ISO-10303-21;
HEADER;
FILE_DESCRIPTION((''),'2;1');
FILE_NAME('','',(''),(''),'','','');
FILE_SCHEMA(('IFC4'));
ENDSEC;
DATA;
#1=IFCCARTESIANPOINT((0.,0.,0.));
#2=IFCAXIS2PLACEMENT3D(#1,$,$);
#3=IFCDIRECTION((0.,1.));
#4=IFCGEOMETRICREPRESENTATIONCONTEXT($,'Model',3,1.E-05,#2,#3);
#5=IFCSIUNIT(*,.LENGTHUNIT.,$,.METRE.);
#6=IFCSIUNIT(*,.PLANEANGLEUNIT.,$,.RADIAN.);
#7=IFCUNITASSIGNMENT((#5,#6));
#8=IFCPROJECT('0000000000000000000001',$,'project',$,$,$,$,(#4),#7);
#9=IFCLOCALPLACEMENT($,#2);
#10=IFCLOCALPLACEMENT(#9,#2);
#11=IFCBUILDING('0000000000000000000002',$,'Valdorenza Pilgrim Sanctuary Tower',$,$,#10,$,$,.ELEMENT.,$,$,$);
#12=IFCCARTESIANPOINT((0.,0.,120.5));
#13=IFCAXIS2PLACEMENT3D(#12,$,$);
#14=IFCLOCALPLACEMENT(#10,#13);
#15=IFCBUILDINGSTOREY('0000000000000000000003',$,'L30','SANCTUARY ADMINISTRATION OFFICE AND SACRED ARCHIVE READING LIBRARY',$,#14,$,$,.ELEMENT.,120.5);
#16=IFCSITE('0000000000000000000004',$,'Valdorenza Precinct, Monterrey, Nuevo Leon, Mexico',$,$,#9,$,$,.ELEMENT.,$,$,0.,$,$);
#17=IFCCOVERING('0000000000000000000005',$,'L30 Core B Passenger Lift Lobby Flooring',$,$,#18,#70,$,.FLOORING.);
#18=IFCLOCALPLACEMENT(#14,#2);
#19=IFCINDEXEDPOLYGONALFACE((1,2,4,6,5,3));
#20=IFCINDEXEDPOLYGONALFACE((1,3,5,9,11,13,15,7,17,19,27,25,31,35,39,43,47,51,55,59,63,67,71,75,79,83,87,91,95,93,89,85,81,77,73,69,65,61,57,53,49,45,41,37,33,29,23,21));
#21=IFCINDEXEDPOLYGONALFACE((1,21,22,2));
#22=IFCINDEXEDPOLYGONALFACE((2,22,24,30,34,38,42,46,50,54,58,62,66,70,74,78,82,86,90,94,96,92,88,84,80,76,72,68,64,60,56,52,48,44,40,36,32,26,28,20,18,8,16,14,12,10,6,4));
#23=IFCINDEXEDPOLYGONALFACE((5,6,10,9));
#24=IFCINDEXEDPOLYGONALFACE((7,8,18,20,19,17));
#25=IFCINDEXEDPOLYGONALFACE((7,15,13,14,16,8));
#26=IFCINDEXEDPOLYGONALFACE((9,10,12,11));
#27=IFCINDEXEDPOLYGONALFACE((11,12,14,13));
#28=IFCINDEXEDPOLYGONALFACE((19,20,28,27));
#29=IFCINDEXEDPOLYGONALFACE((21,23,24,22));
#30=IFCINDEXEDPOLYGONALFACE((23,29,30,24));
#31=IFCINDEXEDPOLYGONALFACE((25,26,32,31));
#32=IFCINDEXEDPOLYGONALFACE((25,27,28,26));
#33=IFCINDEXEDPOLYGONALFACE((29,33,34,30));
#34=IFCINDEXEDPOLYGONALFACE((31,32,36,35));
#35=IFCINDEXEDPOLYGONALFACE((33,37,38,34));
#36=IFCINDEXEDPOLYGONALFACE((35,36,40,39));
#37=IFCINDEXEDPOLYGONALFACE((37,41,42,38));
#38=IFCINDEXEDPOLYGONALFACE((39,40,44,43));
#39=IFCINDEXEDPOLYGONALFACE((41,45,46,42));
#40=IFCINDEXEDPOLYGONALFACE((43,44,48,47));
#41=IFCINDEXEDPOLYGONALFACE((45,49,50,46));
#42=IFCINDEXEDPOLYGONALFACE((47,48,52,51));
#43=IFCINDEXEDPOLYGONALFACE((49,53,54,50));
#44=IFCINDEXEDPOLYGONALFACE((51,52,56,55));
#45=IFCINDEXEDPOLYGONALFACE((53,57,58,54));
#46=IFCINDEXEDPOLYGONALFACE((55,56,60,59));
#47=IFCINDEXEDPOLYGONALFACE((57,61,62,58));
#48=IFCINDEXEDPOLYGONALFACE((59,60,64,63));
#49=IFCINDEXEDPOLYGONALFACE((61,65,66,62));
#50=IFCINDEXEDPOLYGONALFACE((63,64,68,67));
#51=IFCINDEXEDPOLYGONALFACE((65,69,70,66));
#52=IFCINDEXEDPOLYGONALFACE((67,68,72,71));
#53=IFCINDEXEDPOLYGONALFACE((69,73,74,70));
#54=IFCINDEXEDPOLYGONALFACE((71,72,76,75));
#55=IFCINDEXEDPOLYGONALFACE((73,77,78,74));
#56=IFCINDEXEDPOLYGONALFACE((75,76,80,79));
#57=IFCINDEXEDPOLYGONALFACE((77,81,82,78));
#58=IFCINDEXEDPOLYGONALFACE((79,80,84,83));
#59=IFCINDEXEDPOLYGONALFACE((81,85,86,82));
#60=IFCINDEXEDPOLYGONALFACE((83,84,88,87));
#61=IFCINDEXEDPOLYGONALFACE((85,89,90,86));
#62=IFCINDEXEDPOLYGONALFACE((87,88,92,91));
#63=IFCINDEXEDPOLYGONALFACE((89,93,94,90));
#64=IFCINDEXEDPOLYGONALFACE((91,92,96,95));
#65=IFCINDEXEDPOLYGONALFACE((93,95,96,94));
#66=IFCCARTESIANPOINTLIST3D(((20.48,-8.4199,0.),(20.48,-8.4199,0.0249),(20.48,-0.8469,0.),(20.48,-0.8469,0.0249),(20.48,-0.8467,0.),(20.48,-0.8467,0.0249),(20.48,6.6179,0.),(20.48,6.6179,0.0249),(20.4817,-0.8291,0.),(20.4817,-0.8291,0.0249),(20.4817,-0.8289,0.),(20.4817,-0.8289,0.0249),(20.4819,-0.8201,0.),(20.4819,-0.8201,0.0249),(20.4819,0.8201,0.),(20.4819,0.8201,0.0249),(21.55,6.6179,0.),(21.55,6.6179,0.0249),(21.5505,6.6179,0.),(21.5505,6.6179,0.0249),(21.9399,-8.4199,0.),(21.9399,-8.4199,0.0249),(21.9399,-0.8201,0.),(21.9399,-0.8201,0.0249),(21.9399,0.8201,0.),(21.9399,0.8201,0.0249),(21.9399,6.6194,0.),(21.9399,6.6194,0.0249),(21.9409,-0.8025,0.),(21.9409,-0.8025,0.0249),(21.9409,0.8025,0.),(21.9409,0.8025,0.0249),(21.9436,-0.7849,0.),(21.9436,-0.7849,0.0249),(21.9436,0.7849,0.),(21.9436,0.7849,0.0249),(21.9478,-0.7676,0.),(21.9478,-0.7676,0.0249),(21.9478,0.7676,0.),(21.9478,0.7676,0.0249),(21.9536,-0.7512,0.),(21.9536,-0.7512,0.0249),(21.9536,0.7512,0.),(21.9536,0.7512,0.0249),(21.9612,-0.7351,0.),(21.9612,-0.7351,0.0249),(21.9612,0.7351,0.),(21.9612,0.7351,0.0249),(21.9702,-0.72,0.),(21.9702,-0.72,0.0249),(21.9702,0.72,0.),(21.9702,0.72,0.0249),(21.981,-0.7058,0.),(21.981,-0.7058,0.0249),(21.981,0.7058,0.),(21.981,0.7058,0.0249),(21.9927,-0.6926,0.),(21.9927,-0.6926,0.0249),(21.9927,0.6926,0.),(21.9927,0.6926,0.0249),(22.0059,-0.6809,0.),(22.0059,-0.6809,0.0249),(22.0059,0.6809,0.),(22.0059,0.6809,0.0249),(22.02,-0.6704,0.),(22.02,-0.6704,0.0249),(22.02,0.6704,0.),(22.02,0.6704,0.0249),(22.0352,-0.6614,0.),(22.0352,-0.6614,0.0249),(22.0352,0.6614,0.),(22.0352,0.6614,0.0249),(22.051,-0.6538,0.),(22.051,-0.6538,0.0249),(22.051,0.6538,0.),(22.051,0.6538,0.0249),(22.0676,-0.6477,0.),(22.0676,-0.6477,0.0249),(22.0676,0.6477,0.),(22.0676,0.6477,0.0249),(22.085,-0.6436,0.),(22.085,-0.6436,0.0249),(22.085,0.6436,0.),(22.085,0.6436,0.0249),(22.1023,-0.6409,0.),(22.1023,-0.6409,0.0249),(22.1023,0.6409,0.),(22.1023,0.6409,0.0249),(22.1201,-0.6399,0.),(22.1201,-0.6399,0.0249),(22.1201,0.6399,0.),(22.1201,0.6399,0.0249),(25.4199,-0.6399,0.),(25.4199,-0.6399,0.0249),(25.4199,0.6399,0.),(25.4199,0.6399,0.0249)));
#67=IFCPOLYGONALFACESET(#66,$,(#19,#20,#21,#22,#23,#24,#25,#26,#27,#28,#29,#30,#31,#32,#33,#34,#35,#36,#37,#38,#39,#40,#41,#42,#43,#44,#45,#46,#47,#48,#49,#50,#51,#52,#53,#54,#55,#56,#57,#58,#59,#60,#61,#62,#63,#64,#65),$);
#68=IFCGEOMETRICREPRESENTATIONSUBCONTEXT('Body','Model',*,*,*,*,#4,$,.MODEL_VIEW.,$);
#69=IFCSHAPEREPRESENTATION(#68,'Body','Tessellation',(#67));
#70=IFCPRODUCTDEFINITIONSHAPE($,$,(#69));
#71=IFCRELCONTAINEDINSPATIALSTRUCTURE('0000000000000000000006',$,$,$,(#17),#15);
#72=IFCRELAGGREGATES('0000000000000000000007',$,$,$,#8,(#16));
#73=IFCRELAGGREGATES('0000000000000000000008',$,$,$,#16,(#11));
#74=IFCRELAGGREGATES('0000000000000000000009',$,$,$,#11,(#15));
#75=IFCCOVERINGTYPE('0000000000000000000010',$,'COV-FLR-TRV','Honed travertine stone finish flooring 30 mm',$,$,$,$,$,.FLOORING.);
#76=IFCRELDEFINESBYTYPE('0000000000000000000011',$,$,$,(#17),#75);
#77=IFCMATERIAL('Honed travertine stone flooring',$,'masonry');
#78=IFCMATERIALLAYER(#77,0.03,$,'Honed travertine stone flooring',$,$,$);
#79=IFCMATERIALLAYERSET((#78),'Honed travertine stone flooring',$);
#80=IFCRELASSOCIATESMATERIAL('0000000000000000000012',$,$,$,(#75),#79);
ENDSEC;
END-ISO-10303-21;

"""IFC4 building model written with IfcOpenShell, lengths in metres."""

from ifc_helpers import new_model, si_unit, direction, frame, origin, place, context, subcontext, project, spatial, polyline, outline, extrude, material, layer, layer_set, type_object, element, save


model = new_model("IFC4")

# Units and contexts
model_context = context("Model", 3, precision=1e-05, world=origin(), true_north=direction((0.0, 1.0)))
body_context = subcontext(model_context, "Body", "Model", "MODEL_VIEW")
ifc_project = project(units=[si_unit("LENGTHUNIT", "METRE"), si_unit("PLANEANGLEUNIT", "RADIAN")], contexts=[model_context])

# Site, building, storey
site_placement = place(None, origin())
site = spatial("IfcSite", under=ifc_project, at=site_placement, Name="Valdorenza Precinct, Monterrey, Nuevo Leon, Mexico", CompositionType="ELEMENT", RefElevation=0.0)
building_placement = place(site_placement, origin())
building = spatial("IfcBuilding", under=site, at=building_placement, Name="Valdorenza Pilgrim Sanctuary Tower", CompositionType="ELEMENT")
storey_placement = place(building_placement, frame((0.0, 0.0, 120.5)))
storey = spatial("IfcBuildingStorey", under=building, at=storey_placement, Name="L30", Description="SANCTUARY ADMINISTRATION OFFICE AND SACRED ARCHIVE READING LIBRARY", CompositionType="ELEMENT", Elevation=120.5)

# Covering
ifc_material_1 = material(Name="Honed travertine stone flooring", Category="masonry")
ifc_layer_1 = layer(ifc_material_1, 0.03, Name="Honed travertine stone flooring")
ifc_layer_set_1 = layer_set([ifc_layer_1], Name="Honed travertine stone flooring")
covering_type_1 = type_object("IfcCoveringType", Name="COV-FLR-TRV", Description="Honed travertine stone finish flooring 30 mm", PredefinedType="FLOORING", material=ifc_layer_set_1)
covering_1_placement = place(storey_placement, origin())
element("IfcCovering", 1, at=covering_1_placement, inside=storey, type_object=covering_type_1, Name="L30 Core B Passenger Lift Lobby Flooring", PredefinedType="FLOORING", context=body_context, shape_type="SweptSolid", body=[
    extrude(outline(polyline([(20.48, 6.6179), (21.55, 6.6179), (21.5505, 6.6179), (21.9399, 6.6194), (21.9399, 0.8201), (21.9409, 0.8025), (21.9436, 0.7849), (21.9478, 0.7676), (21.9536, 0.7512), (21.9612, 0.7351), (21.9702, 0.72), (21.981, 0.7058), (21.9927, 0.6926), (22.0059, 0.6809), (22.02, 0.6704), (22.0352, 0.6614), (22.051, 0.6538), (22.0676, 0.6477), (22.085, 0.6436), (22.1023, 0.6409), (22.1201, 0.6399), (25.4199, 0.6399), (25.4199, -0.6399), (22.1201, -0.6399), (22.1023, -0.6409), (22.085, -0.6436), (22.0676, -0.6477), (22.051, -0.6538), (22.0352, -0.6614), (22.02, -0.6704), (22.0059, -0.6809), (21.9927, -0.6926), (21.981, -0.7058), (21.9702, -0.72), (21.9612, -0.7351), (21.9536, -0.7512), (21.9478, -0.7676), (21.9436, -0.7849), (21.9409, -0.8025), (21.9399, -0.8201), (21.9399, -8.4199), (20.48, -8.4199), (20.48, -0.8469), (20.48, -0.8467), (20.48, -0.8467), (20.4817, -0.8291), (20.4817, -0.8289), (20.4819, -0.8201), (20.4819, 0.8201), (20.48, 6.6179)])), origin(), (0.0, 0.0, 1.0), 0.0249),
])

save(model, "model.ifc")
